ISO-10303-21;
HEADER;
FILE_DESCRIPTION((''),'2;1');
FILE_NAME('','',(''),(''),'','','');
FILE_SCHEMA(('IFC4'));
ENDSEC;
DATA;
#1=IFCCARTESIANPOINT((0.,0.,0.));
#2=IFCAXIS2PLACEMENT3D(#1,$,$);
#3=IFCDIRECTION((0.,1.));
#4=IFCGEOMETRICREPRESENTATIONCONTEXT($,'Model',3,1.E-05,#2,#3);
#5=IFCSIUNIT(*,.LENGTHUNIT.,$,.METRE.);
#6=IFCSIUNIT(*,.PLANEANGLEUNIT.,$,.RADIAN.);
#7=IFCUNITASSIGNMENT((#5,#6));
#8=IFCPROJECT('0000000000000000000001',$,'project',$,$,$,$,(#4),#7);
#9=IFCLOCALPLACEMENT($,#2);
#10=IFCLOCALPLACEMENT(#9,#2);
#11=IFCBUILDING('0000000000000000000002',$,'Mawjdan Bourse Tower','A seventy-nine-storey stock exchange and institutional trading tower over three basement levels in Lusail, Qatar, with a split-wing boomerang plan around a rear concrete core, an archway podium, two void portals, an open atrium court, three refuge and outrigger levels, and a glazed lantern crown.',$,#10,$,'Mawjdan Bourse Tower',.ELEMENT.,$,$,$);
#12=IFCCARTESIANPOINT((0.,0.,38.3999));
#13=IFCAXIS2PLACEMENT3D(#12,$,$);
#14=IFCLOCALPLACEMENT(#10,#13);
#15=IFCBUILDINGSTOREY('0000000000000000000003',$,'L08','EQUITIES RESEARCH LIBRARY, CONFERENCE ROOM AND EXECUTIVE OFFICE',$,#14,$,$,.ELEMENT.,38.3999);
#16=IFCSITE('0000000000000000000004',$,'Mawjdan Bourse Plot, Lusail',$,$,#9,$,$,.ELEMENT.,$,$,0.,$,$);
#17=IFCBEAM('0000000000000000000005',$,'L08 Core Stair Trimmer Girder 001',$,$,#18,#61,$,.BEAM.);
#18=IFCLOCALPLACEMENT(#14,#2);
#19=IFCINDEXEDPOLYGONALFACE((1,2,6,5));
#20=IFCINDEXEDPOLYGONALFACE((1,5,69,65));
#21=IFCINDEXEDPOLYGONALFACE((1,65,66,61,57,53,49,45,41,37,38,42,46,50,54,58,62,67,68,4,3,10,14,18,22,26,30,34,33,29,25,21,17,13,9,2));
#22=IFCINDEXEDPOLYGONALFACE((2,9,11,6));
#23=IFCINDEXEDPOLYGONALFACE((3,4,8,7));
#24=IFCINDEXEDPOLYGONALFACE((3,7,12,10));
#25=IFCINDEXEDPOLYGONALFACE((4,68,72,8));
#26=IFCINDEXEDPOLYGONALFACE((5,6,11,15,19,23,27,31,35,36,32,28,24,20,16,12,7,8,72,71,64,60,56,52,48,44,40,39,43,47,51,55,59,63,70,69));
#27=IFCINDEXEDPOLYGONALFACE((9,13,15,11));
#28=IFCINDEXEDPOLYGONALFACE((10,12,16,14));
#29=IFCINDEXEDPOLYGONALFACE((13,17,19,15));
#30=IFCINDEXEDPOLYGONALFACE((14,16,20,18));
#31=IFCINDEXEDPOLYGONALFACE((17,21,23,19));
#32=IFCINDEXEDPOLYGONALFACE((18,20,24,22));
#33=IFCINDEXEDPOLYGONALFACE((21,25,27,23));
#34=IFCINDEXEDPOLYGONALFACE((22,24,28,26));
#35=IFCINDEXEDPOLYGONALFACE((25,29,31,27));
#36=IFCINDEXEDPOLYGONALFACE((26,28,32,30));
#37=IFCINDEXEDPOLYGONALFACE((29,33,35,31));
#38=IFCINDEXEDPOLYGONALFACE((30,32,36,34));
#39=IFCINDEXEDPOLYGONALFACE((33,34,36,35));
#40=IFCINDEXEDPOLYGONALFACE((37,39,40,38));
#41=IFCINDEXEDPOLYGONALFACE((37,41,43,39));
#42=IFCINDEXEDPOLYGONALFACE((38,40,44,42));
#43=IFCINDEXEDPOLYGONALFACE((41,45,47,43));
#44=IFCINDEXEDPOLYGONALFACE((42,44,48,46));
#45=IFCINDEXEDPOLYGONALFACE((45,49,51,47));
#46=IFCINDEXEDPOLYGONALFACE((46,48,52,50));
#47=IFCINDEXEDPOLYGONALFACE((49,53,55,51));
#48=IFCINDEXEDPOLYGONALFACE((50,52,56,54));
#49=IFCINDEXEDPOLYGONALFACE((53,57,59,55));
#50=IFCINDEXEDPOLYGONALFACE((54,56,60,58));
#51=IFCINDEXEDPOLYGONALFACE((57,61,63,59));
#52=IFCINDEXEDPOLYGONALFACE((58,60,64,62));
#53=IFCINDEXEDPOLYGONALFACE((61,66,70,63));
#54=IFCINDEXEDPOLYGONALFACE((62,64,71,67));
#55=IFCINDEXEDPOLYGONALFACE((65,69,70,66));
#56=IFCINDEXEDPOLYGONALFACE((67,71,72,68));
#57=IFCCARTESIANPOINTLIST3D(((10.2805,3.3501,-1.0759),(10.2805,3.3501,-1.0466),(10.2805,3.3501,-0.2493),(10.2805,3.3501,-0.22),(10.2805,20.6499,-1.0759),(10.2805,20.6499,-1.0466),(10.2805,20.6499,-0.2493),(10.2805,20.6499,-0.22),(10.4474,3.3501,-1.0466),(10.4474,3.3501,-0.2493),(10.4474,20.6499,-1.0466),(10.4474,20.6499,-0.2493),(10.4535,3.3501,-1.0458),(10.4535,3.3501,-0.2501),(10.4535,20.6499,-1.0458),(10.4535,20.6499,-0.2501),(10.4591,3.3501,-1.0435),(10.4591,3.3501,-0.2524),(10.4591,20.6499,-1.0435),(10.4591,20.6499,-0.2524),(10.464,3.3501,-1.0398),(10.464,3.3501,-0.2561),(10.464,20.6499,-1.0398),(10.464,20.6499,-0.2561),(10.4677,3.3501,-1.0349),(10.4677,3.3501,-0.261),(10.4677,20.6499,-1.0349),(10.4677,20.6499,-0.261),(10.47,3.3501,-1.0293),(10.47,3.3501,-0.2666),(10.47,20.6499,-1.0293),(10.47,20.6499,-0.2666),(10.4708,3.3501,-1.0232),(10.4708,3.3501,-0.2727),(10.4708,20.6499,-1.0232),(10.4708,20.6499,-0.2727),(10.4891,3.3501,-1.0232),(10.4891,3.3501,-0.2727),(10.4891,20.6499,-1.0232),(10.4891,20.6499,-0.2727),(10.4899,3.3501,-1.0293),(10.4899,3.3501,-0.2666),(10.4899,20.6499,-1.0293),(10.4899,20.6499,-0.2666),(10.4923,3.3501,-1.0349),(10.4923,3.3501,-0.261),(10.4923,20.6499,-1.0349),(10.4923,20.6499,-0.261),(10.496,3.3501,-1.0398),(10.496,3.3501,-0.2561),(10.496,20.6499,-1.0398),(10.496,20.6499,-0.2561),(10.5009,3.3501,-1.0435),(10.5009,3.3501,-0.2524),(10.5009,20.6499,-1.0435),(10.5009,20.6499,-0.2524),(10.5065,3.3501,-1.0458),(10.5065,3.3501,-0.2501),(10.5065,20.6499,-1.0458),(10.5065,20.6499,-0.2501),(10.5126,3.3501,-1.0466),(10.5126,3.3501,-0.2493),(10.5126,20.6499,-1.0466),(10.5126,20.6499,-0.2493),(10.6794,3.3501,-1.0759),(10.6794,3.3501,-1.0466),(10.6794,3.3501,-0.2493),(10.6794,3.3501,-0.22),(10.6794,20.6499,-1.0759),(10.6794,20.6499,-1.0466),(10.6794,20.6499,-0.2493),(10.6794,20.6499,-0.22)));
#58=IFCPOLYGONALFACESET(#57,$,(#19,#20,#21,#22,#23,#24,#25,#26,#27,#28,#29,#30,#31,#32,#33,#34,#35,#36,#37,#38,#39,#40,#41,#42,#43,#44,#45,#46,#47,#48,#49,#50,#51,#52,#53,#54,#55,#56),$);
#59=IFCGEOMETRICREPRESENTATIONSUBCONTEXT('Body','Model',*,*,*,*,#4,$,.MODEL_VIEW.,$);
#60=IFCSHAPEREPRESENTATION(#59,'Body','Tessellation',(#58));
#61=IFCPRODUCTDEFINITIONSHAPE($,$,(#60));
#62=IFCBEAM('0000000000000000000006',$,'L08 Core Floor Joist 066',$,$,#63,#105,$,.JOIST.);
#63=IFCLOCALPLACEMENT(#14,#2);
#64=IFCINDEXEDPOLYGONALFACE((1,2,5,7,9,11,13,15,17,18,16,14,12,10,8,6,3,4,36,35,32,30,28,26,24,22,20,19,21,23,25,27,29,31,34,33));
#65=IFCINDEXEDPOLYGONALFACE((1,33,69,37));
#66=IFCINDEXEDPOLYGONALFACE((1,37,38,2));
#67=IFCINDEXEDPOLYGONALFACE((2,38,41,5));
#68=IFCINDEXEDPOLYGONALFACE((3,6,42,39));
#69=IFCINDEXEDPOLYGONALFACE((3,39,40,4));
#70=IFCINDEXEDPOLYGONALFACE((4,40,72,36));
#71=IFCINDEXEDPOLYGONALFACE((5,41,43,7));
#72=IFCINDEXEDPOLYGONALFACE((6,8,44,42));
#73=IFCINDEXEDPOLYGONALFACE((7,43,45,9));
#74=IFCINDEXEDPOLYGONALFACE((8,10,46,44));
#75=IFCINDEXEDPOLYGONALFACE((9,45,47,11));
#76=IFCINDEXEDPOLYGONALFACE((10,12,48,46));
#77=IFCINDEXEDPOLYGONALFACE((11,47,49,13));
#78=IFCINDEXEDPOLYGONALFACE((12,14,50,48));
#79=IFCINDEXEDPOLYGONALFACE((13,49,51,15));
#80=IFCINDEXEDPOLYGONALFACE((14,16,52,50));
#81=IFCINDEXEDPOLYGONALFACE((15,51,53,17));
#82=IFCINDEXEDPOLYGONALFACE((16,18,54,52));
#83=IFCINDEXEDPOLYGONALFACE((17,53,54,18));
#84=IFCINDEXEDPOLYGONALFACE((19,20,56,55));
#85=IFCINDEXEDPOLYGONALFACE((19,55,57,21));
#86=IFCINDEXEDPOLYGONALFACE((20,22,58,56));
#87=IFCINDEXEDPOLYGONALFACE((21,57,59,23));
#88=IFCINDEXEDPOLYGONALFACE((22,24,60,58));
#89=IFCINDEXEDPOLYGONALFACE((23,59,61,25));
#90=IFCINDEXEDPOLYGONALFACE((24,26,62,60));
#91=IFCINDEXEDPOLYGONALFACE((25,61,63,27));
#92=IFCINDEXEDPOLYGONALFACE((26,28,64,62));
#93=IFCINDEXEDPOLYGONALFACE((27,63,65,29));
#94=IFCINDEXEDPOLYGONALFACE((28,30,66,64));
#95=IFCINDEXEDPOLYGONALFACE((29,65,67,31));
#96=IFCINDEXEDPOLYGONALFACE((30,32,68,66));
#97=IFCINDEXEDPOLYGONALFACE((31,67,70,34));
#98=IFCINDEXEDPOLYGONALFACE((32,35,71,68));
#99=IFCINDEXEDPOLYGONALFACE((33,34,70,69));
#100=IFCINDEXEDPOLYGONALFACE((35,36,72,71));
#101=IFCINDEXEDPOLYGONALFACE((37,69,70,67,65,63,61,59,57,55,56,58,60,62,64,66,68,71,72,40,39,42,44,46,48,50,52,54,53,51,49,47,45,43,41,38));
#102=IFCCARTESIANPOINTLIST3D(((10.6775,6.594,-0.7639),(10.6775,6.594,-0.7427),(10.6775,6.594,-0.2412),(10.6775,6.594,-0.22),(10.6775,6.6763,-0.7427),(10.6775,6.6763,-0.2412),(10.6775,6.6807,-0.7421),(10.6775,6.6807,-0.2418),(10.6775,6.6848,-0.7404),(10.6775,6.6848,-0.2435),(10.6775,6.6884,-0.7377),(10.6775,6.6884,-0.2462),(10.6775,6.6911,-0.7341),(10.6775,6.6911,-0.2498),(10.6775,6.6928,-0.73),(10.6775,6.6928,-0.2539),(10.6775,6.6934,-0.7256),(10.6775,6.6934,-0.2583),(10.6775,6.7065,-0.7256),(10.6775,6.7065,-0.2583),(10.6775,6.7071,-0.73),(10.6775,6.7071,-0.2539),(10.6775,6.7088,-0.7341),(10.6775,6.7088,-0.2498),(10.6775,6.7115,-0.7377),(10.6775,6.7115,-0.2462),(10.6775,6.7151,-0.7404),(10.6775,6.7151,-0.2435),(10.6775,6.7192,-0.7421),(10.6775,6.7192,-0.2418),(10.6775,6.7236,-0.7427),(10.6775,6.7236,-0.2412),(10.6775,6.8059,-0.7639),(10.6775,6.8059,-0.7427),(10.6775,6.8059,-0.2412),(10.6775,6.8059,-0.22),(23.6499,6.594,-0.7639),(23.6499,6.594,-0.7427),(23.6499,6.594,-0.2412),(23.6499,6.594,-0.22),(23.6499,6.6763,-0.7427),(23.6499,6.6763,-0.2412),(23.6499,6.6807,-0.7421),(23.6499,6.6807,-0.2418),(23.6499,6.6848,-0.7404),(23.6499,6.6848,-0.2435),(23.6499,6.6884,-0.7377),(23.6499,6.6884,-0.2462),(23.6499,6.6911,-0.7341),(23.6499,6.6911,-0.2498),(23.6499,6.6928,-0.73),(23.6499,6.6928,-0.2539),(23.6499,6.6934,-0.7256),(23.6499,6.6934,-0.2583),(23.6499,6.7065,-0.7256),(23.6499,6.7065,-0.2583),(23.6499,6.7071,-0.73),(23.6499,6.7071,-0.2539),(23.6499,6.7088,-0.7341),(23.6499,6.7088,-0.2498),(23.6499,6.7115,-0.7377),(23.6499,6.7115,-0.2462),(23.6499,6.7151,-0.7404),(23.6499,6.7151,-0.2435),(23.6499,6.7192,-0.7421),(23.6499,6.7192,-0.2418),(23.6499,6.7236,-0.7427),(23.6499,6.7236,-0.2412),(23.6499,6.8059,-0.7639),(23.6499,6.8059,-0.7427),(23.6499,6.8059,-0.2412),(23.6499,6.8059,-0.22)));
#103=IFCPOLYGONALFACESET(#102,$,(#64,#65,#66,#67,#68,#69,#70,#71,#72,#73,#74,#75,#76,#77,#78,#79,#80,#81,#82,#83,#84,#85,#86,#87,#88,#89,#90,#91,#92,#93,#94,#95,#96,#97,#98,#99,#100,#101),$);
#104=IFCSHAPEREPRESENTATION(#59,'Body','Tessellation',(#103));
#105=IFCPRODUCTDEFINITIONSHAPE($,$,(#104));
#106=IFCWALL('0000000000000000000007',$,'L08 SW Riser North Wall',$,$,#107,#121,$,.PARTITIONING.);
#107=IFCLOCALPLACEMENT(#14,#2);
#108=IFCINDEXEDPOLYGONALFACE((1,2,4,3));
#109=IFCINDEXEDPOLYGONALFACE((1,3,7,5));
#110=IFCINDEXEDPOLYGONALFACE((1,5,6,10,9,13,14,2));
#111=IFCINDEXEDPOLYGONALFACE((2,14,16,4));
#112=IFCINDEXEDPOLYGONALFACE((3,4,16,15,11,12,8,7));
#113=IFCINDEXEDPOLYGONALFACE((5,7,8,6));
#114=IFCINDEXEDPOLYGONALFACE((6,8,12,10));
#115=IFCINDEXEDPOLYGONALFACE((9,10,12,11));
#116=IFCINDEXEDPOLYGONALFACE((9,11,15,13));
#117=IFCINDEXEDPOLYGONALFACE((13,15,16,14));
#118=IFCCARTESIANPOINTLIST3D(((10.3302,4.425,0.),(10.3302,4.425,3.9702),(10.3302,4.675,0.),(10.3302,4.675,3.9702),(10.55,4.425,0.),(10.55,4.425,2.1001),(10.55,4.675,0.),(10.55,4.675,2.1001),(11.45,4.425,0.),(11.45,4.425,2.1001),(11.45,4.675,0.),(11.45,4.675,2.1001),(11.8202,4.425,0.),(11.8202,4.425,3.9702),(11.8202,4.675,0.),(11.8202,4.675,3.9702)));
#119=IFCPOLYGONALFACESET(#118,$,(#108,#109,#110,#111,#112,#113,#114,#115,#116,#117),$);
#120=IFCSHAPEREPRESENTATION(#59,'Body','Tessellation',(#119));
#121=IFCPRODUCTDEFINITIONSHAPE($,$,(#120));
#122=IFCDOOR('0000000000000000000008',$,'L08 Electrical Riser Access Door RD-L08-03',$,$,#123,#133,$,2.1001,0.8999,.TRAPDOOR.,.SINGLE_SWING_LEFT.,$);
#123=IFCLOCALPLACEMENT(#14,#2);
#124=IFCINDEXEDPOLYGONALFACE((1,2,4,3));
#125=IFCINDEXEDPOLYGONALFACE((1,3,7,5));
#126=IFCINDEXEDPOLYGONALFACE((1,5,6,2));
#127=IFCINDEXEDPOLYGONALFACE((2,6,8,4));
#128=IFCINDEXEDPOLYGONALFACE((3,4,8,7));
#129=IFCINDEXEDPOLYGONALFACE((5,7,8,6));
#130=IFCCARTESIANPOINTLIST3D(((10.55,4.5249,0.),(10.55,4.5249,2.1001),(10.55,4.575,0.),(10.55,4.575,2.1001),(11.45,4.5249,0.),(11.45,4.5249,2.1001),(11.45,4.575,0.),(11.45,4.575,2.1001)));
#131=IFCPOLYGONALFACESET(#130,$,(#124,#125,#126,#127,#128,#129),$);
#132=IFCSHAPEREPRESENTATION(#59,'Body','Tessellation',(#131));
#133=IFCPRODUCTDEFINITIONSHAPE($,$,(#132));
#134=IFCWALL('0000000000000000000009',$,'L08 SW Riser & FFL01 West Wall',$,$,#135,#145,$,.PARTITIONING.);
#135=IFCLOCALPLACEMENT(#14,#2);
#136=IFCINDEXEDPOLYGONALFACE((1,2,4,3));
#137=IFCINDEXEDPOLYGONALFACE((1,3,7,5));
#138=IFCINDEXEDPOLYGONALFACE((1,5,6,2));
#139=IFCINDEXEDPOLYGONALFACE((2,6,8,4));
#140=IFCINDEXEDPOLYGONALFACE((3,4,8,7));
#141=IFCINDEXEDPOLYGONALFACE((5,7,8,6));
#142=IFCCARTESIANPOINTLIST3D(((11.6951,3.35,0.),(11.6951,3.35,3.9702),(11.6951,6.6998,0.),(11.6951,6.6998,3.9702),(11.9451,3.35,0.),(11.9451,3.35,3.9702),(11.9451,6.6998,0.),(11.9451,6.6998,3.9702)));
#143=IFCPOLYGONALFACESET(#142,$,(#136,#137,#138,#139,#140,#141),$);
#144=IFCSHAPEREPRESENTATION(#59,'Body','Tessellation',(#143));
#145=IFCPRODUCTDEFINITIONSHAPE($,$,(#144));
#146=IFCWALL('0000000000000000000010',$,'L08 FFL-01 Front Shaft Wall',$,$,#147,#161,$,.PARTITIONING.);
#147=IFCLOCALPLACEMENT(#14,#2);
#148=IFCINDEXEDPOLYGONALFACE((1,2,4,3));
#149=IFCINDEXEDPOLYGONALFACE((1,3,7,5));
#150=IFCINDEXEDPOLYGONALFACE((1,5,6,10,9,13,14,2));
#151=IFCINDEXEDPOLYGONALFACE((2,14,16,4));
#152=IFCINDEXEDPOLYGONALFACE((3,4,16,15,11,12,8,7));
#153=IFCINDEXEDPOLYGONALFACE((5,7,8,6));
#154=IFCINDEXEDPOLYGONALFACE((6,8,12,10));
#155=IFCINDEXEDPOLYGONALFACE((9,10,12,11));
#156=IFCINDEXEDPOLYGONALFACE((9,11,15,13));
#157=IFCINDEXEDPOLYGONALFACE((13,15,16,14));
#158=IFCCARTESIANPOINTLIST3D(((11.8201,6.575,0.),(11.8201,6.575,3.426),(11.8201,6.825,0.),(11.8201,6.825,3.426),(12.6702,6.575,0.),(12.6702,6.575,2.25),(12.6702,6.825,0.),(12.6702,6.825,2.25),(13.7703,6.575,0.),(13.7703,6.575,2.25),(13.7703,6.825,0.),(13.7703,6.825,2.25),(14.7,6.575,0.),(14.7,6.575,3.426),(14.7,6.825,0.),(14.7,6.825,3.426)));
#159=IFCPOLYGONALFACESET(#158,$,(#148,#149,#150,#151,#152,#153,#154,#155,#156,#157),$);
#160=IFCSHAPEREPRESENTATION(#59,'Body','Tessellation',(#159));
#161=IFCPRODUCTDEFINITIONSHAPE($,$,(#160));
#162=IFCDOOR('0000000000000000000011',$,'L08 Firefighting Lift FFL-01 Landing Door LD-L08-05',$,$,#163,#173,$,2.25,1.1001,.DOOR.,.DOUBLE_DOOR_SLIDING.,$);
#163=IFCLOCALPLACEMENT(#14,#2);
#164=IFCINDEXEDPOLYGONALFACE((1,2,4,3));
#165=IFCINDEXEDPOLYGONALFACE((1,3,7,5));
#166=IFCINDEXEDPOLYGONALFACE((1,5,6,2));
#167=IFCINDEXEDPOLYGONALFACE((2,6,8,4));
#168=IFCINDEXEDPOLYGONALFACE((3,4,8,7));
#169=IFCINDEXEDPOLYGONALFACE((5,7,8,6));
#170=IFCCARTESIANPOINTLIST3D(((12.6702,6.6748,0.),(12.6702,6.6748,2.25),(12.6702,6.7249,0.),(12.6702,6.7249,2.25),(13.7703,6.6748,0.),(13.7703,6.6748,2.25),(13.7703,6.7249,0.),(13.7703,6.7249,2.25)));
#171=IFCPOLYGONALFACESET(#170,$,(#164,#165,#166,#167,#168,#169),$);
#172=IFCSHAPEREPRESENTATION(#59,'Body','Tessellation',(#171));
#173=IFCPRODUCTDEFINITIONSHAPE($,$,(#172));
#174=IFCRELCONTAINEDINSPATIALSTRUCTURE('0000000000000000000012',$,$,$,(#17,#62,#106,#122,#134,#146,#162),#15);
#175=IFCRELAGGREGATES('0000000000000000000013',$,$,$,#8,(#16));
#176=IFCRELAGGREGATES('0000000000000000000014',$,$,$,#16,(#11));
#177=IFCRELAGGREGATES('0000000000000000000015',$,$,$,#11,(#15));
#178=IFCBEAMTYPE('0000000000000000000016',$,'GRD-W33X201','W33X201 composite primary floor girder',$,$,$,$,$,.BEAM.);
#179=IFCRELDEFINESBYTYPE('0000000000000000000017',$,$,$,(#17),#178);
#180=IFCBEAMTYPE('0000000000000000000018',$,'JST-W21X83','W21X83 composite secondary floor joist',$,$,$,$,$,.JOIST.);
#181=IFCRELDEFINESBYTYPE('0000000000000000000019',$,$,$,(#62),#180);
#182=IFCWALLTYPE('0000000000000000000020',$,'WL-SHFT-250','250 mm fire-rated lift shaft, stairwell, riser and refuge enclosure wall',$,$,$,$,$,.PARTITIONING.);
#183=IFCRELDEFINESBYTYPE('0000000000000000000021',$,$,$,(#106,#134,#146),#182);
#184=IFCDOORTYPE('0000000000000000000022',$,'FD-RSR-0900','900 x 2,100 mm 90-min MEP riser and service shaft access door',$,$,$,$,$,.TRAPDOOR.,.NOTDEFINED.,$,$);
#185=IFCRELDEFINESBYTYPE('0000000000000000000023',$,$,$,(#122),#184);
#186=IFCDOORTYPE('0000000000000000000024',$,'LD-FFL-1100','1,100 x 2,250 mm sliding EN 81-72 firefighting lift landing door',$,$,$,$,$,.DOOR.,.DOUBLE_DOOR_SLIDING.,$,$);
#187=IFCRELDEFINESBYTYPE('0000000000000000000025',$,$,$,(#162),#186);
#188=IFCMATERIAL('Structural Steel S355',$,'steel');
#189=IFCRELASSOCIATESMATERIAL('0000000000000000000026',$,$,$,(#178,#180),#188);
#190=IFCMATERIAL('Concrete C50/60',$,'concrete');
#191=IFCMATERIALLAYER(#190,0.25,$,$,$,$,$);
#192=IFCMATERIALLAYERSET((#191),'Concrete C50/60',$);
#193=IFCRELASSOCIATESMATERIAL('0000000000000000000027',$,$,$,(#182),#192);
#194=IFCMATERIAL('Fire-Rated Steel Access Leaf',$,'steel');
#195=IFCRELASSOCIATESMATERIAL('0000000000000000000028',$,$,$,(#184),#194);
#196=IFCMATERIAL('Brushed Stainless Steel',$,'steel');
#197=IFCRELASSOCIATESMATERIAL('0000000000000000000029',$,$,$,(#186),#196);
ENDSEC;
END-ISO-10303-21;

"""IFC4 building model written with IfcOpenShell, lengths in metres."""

from ifc_helpers import new_model, si_unit, direction, frame, frame_2d, origin, origin_2d, place, context, subcontext, project, spatial, rectangle, i_section, extrude, material, layer, layer_set, material_profile, profile_set, type_object, element, fill, save


model = new_model("IFC4")

# Units and contexts
model_context = context("Model", 3, precision=1e-05, world=origin(), true_north=direction((0.0, 1.0)))
body_context = subcontext(model_context, "Body", "Model", "MODEL_VIEW")
ifc_project = project(units=[si_unit("LENGTHUNIT", "METRE"), si_unit("PLANEANGLEUNIT", "RADIAN")], contexts=[model_context])

# Site, building, storey
site_placement = place(None, origin())
site = spatial("IfcSite", under=ifc_project, at=site_placement, Name="Mawjdan Bourse Plot, Lusail", CompositionType="ELEMENT", RefElevation=0.0)
building_placement = place(site_placement, origin())
building = spatial("IfcBuilding", under=site, at=building_placement, Name="Mawjdan Bourse Tower", Description="A seventy-nine-storey stock exchange and institutional trading tower over three basement levels in Lusail, Qatar, with a split-wing boomerang plan around a rear concrete core, an archway podium, two void portals, an open atrium court, three refuge and outrigger levels, and a glazed lantern crown.", LongName="Mawjdan Bourse Tower", CompositionType="ELEMENT")
storey_placement = place(building_placement, frame((0.0, 0.0, 38.3999)))
storey = spatial("IfcBuildingStorey", under=building, at=storey_placement, Name="L08", Description="EQUITIES RESEARCH LIBRARY, CONFERENCE ROOM AND EXECUTIVE OFFICE", CompositionType="ELEMENT", Elevation=38.3999)

# Beams
ifc_material_1 = material(Name="Structural Steel S355", Category="steel")
ifc_material_profile_1 = material_profile(ifc_material_1, i_section(OverallWidth=0.3989, OverallDepth=0.856, WebThickness=0.0183, FlangeThickness=0.0293, FilletRadius=0.0234, at=origin_2d()), Name="W33X201")
ifc_profile_set_1 = profile_set([ifc_material_profile_1], Name="Structural Steel S355")
beam_type_1 = type_object("IfcBeamType", Name="GRD-W33X201", Description="W33X201 composite primary floor girder", PredefinedType="BEAM", material=ifc_profile_set_1)
beam_1_placement = place(storey_placement, frame((10.48, 3.3501, -0.6479), z_axis=(0.0, 1.0, 0.0), x_axis=(-1.0, 0.0, 0.0)))
element("IfcBeam", 1, at=beam_1_placement, inside=storey, type_object=beam_type_1, Name="L08 Core Stair Trimmer Girder 001", PredefinedType="BEAM", context=body_context, shape_type="SweptSolid", body=[
    extrude(i_section(OverallWidth=0.3989, OverallDepth=0.856, WebThickness=0.0183, FlangeThickness=0.0293, FilletRadius=0.0234, at=origin_2d()), origin(), (0.0, 0.0, 1.0), 17.2998),
])
ifc_material_profile_2 = material_profile(ifc_material_1, i_section(OverallWidth=0.2119, OverallDepth=0.5439, WebThickness=0.0132, FlangeThickness=0.0212, FilletRadius=0.0171, at=origin_2d()), Name="W21X83")
ifc_profile_set_2 = profile_set([ifc_material_profile_2], Name="Structural Steel S355")
beam_type_2 = type_object("IfcBeamType", Name="JST-W21X83", Description="W21X83 composite secondary floor joist", PredefinedType="JOIST", material=ifc_profile_set_2)
beam_2_placement = place(storey_placement, frame((10.6775, 6.7, -0.4919), z_axis=(1.0, 0.0, 0.0), x_axis=(0.0, 1.0, 0.0)))
element("IfcBeam", 2, at=beam_2_placement, inside=storey, type_object=beam_type_2, Name="L08 Core Floor Joist 066", PredefinedType="JOIST", context=body_context, shape_type="SweptSolid", body=[
    extrude(i_section(OverallWidth=0.2119, OverallDepth=0.5439, WebThickness=0.0132, FlangeThickness=0.0212, FilletRadius=0.0171, at=origin_2d()), origin(), (0.0, 0.0, 1.0), 12.9724),
])

# Wall, opening, door
ifc_material_2 = material(Name="Concrete C50/60", Category="concrete")
ifc_layer_1 = layer(ifc_material_2, 0.25)
ifc_layer_set_1 = layer_set([ifc_layer_1], Name="Concrete C50/60")
wall_type_1 = type_object("IfcWallType", Name="WL-SHFT-250", Description="250 mm fire-rated lift shaft, stairwell, riser and refuge enclosure wall", PredefinedType="PARTITIONING", material=ifc_layer_set_1)
wall_1_placement = place(storey_placement, frame((10.3301, 4.55, 0.0), z_axis=(0.0, 0.0, 1.0), x_axis=(1.0, 0.0, 0.0)))
wall_1 = element("IfcWall", 3, at=wall_1_placement, inside=storey, type_object=wall_type_1, Name="L08 SW Riser North Wall", PredefinedType="PARTITIONING", context=body_context, shape_type="SweptSolid", body=[
    extrude(rectangle(XDim=1.49, YDim=0.25, at=frame_2d((0.7451, 0.0))), origin(), (0.0, 0.0, 1.0), 3.9702),
])
opening_1_placement = place(wall_1_placement, frame((0.22, 0.0, 0.0)))
opening_1 = element("IfcOpeningElement", 4, at=opening_1_placement, cuts=wall_1, PredefinedType="OPENING", context=body_context, shape_type="SweptSolid", body=[
    extrude(rectangle(XDim=0.8999, YDim=2.1001, at=frame_2d((0.45, 1.05))), frame((0.0, 0.135, 0.0), z_axis=(0.0, -1.0, 0.0), x_axis=(1.0, 0.0, 0.0)), (0.0, 0.0, 1.0), 0.27),
])
ifc_material_3 = material(Name="Fire-Rated Steel Access Leaf", Category="steel")
door_type_1 = type_object("IfcDoorType", Name="FD-RSR-0900", Description="900 x 2,100 mm 90-min MEP riser and service shaft access door", OperationType="NOTDEFINED", PredefinedType="TRAPDOOR", material=ifc_material_3)
door_1_placement = place(opening_1_placement, origin())
door_1 = element("IfcDoor", 5, at=door_1_placement, inside=storey, type_object=door_type_1, Name="L08 Electrical Riser Access Door RD-L08-03", OperationType="SINGLE_SWING_LEFT", OverallHeight=2.1001, OverallWidth=0.8999, PredefinedType="TRAPDOOR", context=body_context, shape_type="SweptSolid", body=[
    extrude(rectangle(XDim=0.8999, YDim=2.1001, at=frame_2d((0.45, 1.05))), frame((0.0, 0.0249, 0.0), z_axis=(0.0, -1.0, 0.0), x_axis=(1.0, 0.0, 0.0)), (0.0, 0.0, 1.0), 0.05),
])
fill(opening_1, door_1)

# Wall
wall_2_placement = place(storey_placement, frame((11.8201, 3.3501, 0.0), z_axis=(0.0, 0.0, 1.0), x_axis=(0.0, 1.0, 0.0)))
element("IfcWall", 6, at=wall_2_placement, inside=storey, type_object=wall_type_1, Name="L08 SW Riser & FFL01 West Wall", PredefinedType="PARTITIONING", context=body_context, shape_type="SweptSolid", body=[
    extrude(rectangle(XDim=3.3499, YDim=0.25, at=frame_2d((1.6748, 0.0))), origin(), (0.0, 0.0, 1.0), 3.9702),
])

# Wall, opening, door
wall_3_placement = place(storey_placement, frame((11.8201, 6.7, 0.0), z_axis=(0.0, 0.0, 1.0), x_axis=(1.0, 0.0, 0.0)))
wall_3 = element("IfcWall", 7, at=wall_3_placement, inside=storey, type_object=wall_type_1, Name="L08 FFL-01 Front Shaft Wall", PredefinedType="PARTITIONING", context=body_context, shape_type="SweptSolid", body=[
    extrude(rectangle(XDim=2.8799, YDim=0.25, at=frame_2d((1.4399, 0.0))), origin(), (0.0, 0.0, 1.0), 3.426),
])
opening_2_placement = place(wall_3_placement, frame((0.8501, 0.0, 0.0)))
opening_2 = element("IfcOpeningElement", 8, at=opening_2_placement, cuts=wall_3, PredefinedType="OPENING", context=body_context, shape_type="SweptSolid", body=[
    extrude(rectangle(XDim=1.1001, YDim=2.25, at=frame_2d((0.55, 1.125))), frame((0.0, 0.135, 0.0), z_axis=(0.0, -1.0, 0.0), x_axis=(1.0, 0.0, 0.0)), (0.0, 0.0, 1.0), 0.27),
])
ifc_material_4 = material(Name="Brushed Stainless Steel", Category="steel")
door_type_2 = type_object("IfcDoorType", Name="LD-FFL-1100", Description="1,100 x 2,250 mm sliding EN 81-72 firefighting lift landing door", OperationType="DOUBLE_DOOR_SLIDING", PredefinedType="DOOR", material=ifc_material_4)
door_2_placement = place(opening_2_placement, origin())
door_2 = element("IfcDoor", 9, at=door_2_placement, inside=storey, type_object=door_type_2, Name="L08 Firefighting Lift FFL-01 Landing Door LD-L08-05", OperationType="DOUBLE_DOOR_SLIDING", OverallHeight=2.25, OverallWidth=1.1001, PredefinedType="DOOR", context=body_context, shape_type="SweptSolid", body=[
    extrude(rectangle(XDim=1.1001, YDim=2.25, at=frame_2d((0.55, 1.125))), frame((0.0, 0.0249, 0.0), z_axis=(0.0, -1.0, 0.0), x_axis=(1.0, 0.0, 0.0)), (0.0, 0.0, 1.0), 0.05),
])
fill(opening_2, door_2)

save(model, "model.ifc")
